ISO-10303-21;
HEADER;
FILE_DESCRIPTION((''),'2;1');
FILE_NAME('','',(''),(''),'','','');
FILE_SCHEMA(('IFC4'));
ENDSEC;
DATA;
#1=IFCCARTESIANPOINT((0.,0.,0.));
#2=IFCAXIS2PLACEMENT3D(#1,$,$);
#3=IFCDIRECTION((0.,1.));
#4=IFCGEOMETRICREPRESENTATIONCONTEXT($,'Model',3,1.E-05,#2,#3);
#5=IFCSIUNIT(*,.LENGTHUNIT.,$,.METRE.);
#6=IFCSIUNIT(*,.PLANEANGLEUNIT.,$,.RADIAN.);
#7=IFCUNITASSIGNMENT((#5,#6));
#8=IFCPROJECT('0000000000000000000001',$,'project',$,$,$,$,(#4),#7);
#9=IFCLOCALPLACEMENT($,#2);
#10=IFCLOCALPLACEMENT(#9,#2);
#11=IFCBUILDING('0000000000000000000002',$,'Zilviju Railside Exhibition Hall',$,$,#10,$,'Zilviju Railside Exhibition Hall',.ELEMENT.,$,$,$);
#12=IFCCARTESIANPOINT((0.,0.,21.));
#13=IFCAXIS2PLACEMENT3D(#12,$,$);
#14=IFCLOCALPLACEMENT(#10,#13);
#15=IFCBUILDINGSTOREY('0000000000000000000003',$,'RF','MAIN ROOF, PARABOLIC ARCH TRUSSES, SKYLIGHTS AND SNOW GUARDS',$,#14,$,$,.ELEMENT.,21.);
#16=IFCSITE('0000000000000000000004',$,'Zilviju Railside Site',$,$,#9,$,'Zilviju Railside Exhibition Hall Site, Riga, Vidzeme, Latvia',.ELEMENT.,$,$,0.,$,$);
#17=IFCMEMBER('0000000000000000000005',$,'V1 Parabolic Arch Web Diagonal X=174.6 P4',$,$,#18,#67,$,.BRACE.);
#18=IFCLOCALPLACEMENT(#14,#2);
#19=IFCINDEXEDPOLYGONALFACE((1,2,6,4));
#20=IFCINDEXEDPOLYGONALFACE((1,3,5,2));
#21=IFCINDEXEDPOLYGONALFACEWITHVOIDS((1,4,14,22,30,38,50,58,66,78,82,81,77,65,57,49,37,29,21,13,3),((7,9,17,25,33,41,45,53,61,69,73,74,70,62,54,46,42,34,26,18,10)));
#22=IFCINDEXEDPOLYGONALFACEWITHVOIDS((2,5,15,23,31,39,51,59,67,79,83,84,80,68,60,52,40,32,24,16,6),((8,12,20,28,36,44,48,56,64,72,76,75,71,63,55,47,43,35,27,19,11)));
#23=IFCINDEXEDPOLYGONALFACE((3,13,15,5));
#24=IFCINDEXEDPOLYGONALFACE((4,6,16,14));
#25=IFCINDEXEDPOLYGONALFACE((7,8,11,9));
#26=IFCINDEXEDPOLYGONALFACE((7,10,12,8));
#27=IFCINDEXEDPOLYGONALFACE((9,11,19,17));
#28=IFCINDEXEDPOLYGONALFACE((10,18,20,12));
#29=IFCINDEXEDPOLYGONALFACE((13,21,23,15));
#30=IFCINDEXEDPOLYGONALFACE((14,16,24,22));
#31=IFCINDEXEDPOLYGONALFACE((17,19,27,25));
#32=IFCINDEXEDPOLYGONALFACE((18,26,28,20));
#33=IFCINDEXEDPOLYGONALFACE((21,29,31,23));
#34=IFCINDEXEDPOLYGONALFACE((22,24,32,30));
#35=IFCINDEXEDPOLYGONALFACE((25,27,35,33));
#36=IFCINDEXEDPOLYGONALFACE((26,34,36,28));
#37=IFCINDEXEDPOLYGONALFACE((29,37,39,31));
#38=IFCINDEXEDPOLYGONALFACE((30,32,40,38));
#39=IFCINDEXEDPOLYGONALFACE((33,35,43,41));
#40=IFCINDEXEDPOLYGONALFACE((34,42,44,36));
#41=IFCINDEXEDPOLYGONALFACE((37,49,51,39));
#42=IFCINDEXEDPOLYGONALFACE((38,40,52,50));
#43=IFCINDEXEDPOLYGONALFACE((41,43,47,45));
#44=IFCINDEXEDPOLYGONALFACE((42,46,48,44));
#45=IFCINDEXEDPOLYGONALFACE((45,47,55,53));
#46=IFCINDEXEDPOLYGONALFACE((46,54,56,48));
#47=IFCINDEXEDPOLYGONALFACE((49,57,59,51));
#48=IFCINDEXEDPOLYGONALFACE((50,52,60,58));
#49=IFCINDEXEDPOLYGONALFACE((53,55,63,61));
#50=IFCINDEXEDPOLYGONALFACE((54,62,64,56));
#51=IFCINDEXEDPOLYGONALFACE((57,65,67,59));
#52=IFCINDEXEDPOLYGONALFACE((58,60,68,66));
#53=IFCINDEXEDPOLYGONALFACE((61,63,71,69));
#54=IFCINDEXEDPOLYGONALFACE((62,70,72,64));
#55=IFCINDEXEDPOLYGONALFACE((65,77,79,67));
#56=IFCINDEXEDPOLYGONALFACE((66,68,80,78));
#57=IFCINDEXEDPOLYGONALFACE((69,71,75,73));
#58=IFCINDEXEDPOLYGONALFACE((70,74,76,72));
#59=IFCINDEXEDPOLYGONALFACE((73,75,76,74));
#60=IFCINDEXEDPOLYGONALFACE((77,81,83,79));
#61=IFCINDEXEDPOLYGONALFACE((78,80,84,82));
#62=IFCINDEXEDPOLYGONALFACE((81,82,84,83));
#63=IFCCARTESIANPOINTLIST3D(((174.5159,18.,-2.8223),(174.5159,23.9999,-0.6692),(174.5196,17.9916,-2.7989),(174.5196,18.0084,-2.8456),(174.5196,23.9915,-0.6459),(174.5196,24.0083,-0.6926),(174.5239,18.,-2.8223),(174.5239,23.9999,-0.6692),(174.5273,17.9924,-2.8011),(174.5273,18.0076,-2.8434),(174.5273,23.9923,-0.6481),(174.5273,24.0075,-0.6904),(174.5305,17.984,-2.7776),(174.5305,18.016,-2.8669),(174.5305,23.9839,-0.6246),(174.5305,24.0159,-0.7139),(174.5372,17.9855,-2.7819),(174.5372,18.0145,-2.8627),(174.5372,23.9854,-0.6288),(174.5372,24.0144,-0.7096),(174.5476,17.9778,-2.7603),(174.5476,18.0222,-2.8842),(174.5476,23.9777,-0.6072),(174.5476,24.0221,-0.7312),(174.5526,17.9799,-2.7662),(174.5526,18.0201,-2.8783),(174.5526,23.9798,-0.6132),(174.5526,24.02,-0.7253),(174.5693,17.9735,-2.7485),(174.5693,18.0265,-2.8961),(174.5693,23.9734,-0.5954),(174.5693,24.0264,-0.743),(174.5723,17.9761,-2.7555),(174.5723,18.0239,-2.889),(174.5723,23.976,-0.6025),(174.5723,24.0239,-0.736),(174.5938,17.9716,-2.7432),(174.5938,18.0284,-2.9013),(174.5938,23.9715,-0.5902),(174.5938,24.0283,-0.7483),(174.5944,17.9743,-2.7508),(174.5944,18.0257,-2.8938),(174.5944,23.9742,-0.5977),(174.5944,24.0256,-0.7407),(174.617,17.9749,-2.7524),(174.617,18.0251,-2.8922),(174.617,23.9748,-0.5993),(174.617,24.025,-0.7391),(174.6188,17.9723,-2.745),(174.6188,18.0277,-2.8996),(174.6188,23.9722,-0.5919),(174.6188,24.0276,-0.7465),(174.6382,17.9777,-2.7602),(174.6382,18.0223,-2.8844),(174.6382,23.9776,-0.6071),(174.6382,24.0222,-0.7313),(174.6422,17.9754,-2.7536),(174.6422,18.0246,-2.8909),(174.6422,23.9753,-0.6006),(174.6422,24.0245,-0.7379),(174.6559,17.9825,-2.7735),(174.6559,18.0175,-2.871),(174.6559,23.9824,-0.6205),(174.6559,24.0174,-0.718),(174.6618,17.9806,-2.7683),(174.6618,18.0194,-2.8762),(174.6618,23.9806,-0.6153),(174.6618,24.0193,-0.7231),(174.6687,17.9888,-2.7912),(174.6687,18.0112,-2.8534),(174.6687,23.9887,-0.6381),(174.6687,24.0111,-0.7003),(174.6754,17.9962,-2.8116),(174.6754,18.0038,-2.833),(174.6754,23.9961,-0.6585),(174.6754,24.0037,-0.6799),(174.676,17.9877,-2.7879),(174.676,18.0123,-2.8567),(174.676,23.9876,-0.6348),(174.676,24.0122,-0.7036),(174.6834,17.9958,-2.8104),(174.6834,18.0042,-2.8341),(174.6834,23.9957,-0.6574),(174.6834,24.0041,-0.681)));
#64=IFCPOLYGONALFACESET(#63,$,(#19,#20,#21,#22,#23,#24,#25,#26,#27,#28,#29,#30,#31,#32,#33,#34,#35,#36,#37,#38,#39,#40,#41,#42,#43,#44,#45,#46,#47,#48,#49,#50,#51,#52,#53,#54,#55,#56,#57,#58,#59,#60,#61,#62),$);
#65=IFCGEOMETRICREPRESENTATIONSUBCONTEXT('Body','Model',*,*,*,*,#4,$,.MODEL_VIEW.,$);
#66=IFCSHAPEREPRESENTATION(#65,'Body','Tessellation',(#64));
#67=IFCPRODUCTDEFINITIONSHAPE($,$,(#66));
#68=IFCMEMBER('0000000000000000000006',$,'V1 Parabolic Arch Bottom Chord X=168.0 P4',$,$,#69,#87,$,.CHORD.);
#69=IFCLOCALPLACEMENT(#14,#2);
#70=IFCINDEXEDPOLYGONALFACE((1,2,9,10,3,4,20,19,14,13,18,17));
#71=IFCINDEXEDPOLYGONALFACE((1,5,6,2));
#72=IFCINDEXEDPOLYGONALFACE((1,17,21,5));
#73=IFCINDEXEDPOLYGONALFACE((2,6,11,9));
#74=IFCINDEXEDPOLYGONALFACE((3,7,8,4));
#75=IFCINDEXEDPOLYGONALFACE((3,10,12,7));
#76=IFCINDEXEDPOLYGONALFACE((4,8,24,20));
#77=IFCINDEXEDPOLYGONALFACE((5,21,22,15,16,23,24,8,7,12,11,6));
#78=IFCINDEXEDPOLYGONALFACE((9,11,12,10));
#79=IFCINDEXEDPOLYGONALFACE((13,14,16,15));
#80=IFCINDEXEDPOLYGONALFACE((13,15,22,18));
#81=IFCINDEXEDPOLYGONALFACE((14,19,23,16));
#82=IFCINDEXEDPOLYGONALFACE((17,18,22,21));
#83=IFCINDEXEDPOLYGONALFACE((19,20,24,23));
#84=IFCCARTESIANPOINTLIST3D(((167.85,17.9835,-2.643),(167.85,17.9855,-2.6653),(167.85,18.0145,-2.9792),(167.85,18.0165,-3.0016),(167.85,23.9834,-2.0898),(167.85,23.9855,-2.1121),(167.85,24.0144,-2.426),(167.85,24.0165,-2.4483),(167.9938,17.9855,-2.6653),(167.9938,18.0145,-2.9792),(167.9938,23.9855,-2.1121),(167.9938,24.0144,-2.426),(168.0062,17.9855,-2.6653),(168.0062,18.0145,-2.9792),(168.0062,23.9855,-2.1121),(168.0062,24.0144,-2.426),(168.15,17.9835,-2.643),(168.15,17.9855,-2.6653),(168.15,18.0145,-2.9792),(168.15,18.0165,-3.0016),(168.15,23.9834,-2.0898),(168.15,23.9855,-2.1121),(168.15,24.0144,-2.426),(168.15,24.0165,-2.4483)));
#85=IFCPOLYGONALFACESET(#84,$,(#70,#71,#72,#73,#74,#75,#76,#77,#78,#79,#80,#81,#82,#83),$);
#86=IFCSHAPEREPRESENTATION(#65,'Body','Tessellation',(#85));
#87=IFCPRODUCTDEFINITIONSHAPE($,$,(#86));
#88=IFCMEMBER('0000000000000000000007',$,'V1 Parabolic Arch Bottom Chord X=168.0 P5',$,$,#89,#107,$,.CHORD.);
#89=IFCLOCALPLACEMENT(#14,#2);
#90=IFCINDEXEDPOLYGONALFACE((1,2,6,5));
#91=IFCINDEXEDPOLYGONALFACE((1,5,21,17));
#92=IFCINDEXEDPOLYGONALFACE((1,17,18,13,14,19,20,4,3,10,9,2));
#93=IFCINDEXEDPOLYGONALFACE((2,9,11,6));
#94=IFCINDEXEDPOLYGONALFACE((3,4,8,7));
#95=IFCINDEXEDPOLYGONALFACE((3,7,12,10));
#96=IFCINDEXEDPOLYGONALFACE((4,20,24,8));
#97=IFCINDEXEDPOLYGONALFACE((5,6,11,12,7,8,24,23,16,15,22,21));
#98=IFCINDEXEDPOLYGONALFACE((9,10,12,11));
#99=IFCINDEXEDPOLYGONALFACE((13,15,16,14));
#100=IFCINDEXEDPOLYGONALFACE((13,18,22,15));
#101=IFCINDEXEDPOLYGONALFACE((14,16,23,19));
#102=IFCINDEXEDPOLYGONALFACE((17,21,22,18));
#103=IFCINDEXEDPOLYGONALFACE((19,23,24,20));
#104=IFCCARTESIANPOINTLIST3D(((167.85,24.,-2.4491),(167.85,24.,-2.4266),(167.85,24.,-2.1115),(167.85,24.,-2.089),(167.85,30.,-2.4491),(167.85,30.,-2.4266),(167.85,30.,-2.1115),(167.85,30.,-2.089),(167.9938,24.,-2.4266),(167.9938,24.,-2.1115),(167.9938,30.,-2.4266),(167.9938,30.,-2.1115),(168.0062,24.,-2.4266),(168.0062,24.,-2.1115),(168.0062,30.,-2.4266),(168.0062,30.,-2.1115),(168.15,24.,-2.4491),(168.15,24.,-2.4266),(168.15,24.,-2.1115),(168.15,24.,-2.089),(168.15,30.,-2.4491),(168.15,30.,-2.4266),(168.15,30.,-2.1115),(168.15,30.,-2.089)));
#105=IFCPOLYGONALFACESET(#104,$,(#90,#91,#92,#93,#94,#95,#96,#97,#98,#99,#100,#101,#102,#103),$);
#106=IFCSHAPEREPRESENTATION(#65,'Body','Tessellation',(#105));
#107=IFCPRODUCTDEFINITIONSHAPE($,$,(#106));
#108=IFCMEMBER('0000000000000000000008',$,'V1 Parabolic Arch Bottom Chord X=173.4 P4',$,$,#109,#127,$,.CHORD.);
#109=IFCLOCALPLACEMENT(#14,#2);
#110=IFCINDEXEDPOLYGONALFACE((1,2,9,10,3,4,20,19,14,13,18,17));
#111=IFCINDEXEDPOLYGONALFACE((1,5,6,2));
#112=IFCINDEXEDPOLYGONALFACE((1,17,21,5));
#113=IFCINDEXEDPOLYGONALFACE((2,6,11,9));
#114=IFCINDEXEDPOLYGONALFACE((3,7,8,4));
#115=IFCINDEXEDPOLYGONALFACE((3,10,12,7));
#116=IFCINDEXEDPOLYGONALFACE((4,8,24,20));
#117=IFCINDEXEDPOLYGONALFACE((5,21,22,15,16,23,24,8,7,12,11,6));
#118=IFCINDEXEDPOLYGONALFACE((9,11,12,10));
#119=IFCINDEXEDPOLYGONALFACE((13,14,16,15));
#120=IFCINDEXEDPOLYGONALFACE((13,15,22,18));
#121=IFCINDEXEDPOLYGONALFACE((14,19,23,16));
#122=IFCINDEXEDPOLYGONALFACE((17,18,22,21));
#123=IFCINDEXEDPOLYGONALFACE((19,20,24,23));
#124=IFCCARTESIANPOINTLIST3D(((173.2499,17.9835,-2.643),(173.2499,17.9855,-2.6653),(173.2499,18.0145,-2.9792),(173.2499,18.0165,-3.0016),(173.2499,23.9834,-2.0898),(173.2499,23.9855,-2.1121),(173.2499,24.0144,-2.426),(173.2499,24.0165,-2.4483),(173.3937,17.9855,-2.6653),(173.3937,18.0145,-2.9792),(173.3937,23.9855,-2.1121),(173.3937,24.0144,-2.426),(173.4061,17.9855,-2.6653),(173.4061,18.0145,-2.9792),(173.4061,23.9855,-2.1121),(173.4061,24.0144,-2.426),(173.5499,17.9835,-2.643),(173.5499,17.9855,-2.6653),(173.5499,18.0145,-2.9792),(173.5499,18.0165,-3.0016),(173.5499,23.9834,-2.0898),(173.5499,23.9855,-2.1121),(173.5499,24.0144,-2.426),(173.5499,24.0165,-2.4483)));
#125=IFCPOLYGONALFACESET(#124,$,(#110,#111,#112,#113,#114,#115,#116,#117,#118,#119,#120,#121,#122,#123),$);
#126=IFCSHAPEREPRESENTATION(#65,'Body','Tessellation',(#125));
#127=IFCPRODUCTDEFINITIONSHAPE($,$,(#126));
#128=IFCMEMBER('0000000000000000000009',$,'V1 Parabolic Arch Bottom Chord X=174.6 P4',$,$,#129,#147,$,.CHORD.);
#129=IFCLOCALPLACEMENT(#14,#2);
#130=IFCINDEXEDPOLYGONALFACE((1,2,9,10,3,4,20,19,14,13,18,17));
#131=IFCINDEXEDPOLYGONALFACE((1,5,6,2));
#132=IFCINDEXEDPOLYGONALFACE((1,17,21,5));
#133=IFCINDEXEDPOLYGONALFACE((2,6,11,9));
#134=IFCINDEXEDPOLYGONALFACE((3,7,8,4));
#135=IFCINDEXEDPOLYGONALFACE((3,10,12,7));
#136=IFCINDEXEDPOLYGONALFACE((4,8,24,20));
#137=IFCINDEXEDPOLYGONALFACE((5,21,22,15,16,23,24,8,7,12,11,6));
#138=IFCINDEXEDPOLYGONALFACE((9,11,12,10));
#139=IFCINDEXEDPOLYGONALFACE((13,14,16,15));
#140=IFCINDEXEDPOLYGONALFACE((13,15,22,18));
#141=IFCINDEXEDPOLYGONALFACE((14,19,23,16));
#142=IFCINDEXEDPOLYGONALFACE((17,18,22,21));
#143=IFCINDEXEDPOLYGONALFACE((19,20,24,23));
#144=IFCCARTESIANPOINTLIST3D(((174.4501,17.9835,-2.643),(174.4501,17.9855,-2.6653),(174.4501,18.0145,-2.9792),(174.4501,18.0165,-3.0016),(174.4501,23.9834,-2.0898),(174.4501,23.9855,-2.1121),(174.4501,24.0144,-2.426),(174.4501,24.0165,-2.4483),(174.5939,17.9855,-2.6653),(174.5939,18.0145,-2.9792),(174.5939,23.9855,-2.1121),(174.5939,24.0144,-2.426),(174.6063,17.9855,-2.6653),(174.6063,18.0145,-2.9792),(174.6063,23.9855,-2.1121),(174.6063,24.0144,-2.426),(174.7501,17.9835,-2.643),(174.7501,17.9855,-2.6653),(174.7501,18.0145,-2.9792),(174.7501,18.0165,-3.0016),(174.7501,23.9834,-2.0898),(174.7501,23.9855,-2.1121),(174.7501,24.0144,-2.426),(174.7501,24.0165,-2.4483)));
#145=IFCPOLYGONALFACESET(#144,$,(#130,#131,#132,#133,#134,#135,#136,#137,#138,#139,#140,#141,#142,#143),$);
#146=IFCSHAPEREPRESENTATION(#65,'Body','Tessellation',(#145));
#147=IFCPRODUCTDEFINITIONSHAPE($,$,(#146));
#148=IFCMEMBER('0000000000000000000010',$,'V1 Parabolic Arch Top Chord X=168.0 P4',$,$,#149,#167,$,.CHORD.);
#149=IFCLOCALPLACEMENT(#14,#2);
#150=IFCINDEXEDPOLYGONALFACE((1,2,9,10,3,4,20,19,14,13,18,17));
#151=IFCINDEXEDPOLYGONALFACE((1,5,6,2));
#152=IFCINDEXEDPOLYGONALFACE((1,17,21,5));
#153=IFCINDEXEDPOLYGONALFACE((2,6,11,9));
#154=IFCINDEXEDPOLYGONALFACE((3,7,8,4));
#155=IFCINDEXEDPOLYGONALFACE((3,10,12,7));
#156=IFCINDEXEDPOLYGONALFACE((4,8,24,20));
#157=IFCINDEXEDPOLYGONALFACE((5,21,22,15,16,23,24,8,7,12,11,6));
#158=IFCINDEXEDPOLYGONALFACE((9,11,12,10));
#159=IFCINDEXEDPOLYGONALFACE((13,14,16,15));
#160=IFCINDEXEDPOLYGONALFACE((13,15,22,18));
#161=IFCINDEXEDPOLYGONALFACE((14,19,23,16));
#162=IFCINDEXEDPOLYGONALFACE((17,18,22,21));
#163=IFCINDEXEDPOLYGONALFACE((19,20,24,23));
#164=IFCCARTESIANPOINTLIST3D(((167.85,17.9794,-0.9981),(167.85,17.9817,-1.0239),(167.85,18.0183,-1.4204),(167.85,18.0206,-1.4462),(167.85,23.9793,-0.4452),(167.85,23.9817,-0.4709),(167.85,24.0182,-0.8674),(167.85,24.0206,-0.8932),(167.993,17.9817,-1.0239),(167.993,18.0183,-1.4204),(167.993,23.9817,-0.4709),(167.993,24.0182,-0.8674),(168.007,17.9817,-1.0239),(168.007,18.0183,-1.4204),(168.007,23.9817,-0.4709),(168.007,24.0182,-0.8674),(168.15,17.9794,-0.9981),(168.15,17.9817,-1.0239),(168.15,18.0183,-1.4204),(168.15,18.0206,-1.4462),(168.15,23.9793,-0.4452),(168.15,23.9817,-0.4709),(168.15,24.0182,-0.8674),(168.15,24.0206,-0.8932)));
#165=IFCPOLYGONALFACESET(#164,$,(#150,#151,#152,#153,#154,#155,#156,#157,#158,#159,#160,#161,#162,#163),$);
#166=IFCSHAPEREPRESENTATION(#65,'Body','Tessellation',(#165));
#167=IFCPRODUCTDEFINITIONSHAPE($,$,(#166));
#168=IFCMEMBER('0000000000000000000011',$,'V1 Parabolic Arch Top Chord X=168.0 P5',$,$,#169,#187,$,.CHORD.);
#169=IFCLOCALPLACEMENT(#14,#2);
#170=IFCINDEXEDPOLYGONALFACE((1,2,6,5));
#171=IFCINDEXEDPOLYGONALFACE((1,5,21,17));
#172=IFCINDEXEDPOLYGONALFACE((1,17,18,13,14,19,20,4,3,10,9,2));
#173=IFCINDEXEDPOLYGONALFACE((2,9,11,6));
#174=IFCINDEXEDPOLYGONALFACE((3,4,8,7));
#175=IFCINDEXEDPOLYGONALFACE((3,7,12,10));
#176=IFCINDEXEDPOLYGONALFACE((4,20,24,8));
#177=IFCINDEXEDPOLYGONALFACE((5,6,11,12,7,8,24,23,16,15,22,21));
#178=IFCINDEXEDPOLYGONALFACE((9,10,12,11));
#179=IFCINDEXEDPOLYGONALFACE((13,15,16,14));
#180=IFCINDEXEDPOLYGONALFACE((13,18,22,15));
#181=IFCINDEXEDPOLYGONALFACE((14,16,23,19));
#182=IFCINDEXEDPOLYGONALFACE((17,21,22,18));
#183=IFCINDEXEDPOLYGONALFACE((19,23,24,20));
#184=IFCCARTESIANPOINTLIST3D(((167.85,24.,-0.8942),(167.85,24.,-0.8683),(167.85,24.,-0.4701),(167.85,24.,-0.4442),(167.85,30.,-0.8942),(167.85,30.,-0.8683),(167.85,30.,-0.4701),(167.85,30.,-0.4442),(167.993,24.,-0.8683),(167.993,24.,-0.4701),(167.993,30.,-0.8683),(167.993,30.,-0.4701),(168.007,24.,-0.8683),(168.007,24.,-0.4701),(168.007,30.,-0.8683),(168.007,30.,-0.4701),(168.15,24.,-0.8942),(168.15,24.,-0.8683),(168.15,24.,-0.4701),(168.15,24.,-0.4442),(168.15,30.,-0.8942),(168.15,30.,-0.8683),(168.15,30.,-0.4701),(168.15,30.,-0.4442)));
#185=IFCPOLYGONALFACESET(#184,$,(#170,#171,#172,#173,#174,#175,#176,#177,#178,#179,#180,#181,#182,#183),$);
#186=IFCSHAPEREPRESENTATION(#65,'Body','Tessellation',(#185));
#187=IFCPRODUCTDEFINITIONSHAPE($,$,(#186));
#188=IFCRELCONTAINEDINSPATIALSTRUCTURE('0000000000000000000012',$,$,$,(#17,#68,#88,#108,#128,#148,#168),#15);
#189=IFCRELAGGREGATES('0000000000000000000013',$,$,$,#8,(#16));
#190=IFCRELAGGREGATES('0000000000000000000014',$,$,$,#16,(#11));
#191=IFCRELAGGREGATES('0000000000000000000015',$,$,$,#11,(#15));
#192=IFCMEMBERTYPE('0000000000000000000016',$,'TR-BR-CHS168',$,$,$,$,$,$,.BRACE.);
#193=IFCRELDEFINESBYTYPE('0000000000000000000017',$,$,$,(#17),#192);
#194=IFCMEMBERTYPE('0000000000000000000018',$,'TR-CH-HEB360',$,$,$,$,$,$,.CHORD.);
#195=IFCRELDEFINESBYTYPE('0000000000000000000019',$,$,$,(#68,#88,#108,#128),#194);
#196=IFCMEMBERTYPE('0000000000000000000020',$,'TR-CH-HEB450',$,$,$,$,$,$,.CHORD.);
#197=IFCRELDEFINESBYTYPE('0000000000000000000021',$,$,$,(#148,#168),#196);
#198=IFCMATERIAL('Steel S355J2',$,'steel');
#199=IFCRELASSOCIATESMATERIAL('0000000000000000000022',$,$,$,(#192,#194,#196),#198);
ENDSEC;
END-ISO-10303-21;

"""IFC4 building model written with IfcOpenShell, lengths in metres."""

from ifc_helpers import new_model, si_unit, direction, frame, origin, origin_2d, place, context, subcontext, project, spatial, hollow_circle, i_section, extrude, material, material_profile, profile_set, type_object, element, save


model = new_model("IFC4")

# Units and contexts
model_context = context("Model", 3, precision=1e-05, world=origin(), true_north=direction((0.0, 1.0)))
body_context = subcontext(model_context, "Body", "Model", "MODEL_VIEW")
ifc_project = project(units=[si_unit("LENGTHUNIT", "METRE"), si_unit("PLANEANGLEUNIT", "RADIAN")], contexts=[model_context])

# Site, building, storey
site_placement = place(None, origin())
site = spatial("IfcSite", under=ifc_project, at=site_placement, Name="Zilviju Railside Site", LongName="Zilviju Railside Exhibition Hall Site, Riga, Vidzeme, Latvia", CompositionType="ELEMENT", RefElevation=0.0)
building_placement = place(site_placement, origin())
building = spatial("IfcBuilding", under=site, at=building_placement, Name="Zilviju Railside Exhibition Hall", LongName="Zilviju Railside Exhibition Hall", CompositionType="ELEMENT")
storey_placement = place(building_placement, frame((0.0, 0.0, 21.0)))
storey = spatial("IfcBuildingStorey", under=building, at=storey_placement, Name="RF", Description="MAIN ROOF, PARABOLIC ARCH TRUSSES, SKYLIGHTS AND SNOW GUARDS", CompositionType="ELEMENT", Elevation=21.0)

# Members
ifc_material_1 = material(Name="Steel S355J2", Category="steel")
ifc_material_profile_1 = material_profile(ifc_material_1, hollow_circle(Radius=0.0842, WallThickness=0.0081, at=origin_2d()), Name="CHS 168.3x8.0")
ifc_profile_set_1 = profile_set([ifc_material_profile_1], Name="Steel S355J2")
member_type_1 = type_object("IfcMemberType", Name="TR-BR-CHS168", PredefinedType="BRACE", material=ifc_profile_set_1)
for number, where, z_axis, x_axis, name in (
    (1, (174.6001, 18.0, -2.8223), (0.0, 0.941233, 0.337758), (-1.0, 0.0, 0.0), "V1 Parabolic Arch Web Diagonal X=174.6 P4"),
):
    element("IfcMember", number, at=place(storey_placement, frame(where, z_axis=z_axis, x_axis=x_axis)), inside=storey, type_object=member_type_1, Name=name, PredefinedType="BRACE", context=body_context, shape_type="SweptSolid", body=[
        extrude(hollow_circle(Radius=0.0842, WallThickness=0.0081, at=origin_2d()), origin(), (0.0, 0.0, 1.0), 6.3745),
    ])
ifc_material_profile_2 = material_profile(ifc_material_1, i_section(OverallWidth=0.3, OverallDepth=0.3601, WebThickness=0.0125, FlangeThickness=0.0225, at=origin_2d()), Name="HEB 360")
ifc_profile_set_2 = profile_set([ifc_material_profile_2], Name="Steel S355J2")
member_type_2 = type_object("IfcMemberType", Name="TR-CH-HEB360", PredefinedType="CHORD", material=ifc_profile_set_2)
member_1_placement = place(storey_placement, frame((168.0, 18.0, -2.8223), z_axis=(0.0, 0.995776, 0.091814), x_axis=(-1.0, 0.0, 0.0)))
element("IfcMember", 2, at=member_1_placement, inside=storey, type_object=member_type_2, Name="V1 Parabolic Arch Bottom Chord X=168.0 P4", PredefinedType="CHORD", context=body_context, shape_type="SweptSolid", body=[
    extrude(i_section(OverallWidth=0.3, OverallDepth=0.3601, WebThickness=0.0125, FlangeThickness=0.0225, at=origin_2d()), origin(), (0.0, 0.0, 1.0), 6.0254),
])
member_2_placement = place(storey_placement, frame((168.0, 24.0, -2.269), z_axis=(0.0, 1.0, 0.0), x_axis=(-1.0, 0.0, 0.0)))
element("IfcMember", 3, at=member_2_placement, inside=storey, type_object=member_type_2, Name="V1 Parabolic Arch Bottom Chord X=168.0 P5", PredefinedType="CHORD", context=body_context, shape_type="SweptSolid", body=[
    extrude(i_section(OverallWidth=0.3, OverallDepth=0.3601, WebThickness=0.0125, FlangeThickness=0.0225, at=origin_2d()), origin(), (0.0, 0.0, 1.0), 6.0),
])
for number, where, z_axis, x_axis, name in (
    (4, (173.3999, 18.0, -2.8223), (0.0, 0.995776, 0.091814), (-1.0, 0.0, 0.0), "V1 Parabolic Arch Bottom Chord X=173.4 P4"),
    (5, (174.6001, 18.0, -2.8223), (0.0, 0.995776, 0.091814), (-1.0, 0.0, 0.0), "V1 Parabolic Arch Bottom Chord X=174.6 P4"),
):
    element("IfcMember", number, at=place(storey_placement, frame(where, z_axis=z_axis, x_axis=x_axis)), inside=storey, type_object=member_type_2, Name=name, PredefinedType="CHORD", context=body_context, shape_type="SweptSolid", body=[
        extrude(i_section(OverallWidth=0.3, OverallDepth=0.3601, WebThickness=0.0125, FlangeThickness=0.0225, at=origin_2d()), origin(), (0.0, 0.0, 1.0), 6.0254),
    ])
ifc_material_profile_3 = material_profile(ifc_material_1, i_section(OverallWidth=0.3, OverallDepth=0.45, WebThickness=0.0139, FlangeThickness=0.0259, at=origin_2d()), Name="HEB 450")
ifc_profile_set_3 = profile_set([ifc_material_profile_3], Name="Steel S355J2")
member_type_3 = type_object("IfcMemberType", Name="TR-CH-HEB450", PredefinedType="CHORD", material=ifc_profile_set_3)
member_3_placement = place(storey_placement, frame((168.0, 18.0, -1.2222), z_axis=(0.0, 0.99578, 0.091774), x_axis=(-1.0, 0.0, 0.0)))
element("IfcMember", 6, at=member_3_placement, inside=storey, type_object=member_type_3, Name="V1 Parabolic Arch Top Chord X=168.0 P4", PredefinedType="CHORD", context=body_context, shape_type="SweptSolid", body=[
    extrude(i_section(OverallWidth=0.3, OverallDepth=0.45, WebThickness=0.0139, FlangeThickness=0.0259, at=origin_2d()), origin(), (0.0, 0.0, 1.0), 6.0254),
])
member_4_placement = place(storey_placement, frame((168.0, 24.0, -0.6692), z_axis=(0.0, 1.0, 0.0), x_axis=(-1.0, 0.0, 0.0)))
element("IfcMember", 7, at=member_4_placement, inside=storey, type_object=member_type_3, Name="V1 Parabolic Arch Top Chord X=168.0 P5", PredefinedType="CHORD", context=body_context, shape_type="SweptSolid", body=[
    extrude(i_section(OverallWidth=0.3, OverallDepth=0.45, WebThickness=0.0139, FlangeThickness=0.0259, at=origin_2d()), origin(), (0.0, 0.0, 1.0), 6.0),
])

save(model, "model.ifc")
